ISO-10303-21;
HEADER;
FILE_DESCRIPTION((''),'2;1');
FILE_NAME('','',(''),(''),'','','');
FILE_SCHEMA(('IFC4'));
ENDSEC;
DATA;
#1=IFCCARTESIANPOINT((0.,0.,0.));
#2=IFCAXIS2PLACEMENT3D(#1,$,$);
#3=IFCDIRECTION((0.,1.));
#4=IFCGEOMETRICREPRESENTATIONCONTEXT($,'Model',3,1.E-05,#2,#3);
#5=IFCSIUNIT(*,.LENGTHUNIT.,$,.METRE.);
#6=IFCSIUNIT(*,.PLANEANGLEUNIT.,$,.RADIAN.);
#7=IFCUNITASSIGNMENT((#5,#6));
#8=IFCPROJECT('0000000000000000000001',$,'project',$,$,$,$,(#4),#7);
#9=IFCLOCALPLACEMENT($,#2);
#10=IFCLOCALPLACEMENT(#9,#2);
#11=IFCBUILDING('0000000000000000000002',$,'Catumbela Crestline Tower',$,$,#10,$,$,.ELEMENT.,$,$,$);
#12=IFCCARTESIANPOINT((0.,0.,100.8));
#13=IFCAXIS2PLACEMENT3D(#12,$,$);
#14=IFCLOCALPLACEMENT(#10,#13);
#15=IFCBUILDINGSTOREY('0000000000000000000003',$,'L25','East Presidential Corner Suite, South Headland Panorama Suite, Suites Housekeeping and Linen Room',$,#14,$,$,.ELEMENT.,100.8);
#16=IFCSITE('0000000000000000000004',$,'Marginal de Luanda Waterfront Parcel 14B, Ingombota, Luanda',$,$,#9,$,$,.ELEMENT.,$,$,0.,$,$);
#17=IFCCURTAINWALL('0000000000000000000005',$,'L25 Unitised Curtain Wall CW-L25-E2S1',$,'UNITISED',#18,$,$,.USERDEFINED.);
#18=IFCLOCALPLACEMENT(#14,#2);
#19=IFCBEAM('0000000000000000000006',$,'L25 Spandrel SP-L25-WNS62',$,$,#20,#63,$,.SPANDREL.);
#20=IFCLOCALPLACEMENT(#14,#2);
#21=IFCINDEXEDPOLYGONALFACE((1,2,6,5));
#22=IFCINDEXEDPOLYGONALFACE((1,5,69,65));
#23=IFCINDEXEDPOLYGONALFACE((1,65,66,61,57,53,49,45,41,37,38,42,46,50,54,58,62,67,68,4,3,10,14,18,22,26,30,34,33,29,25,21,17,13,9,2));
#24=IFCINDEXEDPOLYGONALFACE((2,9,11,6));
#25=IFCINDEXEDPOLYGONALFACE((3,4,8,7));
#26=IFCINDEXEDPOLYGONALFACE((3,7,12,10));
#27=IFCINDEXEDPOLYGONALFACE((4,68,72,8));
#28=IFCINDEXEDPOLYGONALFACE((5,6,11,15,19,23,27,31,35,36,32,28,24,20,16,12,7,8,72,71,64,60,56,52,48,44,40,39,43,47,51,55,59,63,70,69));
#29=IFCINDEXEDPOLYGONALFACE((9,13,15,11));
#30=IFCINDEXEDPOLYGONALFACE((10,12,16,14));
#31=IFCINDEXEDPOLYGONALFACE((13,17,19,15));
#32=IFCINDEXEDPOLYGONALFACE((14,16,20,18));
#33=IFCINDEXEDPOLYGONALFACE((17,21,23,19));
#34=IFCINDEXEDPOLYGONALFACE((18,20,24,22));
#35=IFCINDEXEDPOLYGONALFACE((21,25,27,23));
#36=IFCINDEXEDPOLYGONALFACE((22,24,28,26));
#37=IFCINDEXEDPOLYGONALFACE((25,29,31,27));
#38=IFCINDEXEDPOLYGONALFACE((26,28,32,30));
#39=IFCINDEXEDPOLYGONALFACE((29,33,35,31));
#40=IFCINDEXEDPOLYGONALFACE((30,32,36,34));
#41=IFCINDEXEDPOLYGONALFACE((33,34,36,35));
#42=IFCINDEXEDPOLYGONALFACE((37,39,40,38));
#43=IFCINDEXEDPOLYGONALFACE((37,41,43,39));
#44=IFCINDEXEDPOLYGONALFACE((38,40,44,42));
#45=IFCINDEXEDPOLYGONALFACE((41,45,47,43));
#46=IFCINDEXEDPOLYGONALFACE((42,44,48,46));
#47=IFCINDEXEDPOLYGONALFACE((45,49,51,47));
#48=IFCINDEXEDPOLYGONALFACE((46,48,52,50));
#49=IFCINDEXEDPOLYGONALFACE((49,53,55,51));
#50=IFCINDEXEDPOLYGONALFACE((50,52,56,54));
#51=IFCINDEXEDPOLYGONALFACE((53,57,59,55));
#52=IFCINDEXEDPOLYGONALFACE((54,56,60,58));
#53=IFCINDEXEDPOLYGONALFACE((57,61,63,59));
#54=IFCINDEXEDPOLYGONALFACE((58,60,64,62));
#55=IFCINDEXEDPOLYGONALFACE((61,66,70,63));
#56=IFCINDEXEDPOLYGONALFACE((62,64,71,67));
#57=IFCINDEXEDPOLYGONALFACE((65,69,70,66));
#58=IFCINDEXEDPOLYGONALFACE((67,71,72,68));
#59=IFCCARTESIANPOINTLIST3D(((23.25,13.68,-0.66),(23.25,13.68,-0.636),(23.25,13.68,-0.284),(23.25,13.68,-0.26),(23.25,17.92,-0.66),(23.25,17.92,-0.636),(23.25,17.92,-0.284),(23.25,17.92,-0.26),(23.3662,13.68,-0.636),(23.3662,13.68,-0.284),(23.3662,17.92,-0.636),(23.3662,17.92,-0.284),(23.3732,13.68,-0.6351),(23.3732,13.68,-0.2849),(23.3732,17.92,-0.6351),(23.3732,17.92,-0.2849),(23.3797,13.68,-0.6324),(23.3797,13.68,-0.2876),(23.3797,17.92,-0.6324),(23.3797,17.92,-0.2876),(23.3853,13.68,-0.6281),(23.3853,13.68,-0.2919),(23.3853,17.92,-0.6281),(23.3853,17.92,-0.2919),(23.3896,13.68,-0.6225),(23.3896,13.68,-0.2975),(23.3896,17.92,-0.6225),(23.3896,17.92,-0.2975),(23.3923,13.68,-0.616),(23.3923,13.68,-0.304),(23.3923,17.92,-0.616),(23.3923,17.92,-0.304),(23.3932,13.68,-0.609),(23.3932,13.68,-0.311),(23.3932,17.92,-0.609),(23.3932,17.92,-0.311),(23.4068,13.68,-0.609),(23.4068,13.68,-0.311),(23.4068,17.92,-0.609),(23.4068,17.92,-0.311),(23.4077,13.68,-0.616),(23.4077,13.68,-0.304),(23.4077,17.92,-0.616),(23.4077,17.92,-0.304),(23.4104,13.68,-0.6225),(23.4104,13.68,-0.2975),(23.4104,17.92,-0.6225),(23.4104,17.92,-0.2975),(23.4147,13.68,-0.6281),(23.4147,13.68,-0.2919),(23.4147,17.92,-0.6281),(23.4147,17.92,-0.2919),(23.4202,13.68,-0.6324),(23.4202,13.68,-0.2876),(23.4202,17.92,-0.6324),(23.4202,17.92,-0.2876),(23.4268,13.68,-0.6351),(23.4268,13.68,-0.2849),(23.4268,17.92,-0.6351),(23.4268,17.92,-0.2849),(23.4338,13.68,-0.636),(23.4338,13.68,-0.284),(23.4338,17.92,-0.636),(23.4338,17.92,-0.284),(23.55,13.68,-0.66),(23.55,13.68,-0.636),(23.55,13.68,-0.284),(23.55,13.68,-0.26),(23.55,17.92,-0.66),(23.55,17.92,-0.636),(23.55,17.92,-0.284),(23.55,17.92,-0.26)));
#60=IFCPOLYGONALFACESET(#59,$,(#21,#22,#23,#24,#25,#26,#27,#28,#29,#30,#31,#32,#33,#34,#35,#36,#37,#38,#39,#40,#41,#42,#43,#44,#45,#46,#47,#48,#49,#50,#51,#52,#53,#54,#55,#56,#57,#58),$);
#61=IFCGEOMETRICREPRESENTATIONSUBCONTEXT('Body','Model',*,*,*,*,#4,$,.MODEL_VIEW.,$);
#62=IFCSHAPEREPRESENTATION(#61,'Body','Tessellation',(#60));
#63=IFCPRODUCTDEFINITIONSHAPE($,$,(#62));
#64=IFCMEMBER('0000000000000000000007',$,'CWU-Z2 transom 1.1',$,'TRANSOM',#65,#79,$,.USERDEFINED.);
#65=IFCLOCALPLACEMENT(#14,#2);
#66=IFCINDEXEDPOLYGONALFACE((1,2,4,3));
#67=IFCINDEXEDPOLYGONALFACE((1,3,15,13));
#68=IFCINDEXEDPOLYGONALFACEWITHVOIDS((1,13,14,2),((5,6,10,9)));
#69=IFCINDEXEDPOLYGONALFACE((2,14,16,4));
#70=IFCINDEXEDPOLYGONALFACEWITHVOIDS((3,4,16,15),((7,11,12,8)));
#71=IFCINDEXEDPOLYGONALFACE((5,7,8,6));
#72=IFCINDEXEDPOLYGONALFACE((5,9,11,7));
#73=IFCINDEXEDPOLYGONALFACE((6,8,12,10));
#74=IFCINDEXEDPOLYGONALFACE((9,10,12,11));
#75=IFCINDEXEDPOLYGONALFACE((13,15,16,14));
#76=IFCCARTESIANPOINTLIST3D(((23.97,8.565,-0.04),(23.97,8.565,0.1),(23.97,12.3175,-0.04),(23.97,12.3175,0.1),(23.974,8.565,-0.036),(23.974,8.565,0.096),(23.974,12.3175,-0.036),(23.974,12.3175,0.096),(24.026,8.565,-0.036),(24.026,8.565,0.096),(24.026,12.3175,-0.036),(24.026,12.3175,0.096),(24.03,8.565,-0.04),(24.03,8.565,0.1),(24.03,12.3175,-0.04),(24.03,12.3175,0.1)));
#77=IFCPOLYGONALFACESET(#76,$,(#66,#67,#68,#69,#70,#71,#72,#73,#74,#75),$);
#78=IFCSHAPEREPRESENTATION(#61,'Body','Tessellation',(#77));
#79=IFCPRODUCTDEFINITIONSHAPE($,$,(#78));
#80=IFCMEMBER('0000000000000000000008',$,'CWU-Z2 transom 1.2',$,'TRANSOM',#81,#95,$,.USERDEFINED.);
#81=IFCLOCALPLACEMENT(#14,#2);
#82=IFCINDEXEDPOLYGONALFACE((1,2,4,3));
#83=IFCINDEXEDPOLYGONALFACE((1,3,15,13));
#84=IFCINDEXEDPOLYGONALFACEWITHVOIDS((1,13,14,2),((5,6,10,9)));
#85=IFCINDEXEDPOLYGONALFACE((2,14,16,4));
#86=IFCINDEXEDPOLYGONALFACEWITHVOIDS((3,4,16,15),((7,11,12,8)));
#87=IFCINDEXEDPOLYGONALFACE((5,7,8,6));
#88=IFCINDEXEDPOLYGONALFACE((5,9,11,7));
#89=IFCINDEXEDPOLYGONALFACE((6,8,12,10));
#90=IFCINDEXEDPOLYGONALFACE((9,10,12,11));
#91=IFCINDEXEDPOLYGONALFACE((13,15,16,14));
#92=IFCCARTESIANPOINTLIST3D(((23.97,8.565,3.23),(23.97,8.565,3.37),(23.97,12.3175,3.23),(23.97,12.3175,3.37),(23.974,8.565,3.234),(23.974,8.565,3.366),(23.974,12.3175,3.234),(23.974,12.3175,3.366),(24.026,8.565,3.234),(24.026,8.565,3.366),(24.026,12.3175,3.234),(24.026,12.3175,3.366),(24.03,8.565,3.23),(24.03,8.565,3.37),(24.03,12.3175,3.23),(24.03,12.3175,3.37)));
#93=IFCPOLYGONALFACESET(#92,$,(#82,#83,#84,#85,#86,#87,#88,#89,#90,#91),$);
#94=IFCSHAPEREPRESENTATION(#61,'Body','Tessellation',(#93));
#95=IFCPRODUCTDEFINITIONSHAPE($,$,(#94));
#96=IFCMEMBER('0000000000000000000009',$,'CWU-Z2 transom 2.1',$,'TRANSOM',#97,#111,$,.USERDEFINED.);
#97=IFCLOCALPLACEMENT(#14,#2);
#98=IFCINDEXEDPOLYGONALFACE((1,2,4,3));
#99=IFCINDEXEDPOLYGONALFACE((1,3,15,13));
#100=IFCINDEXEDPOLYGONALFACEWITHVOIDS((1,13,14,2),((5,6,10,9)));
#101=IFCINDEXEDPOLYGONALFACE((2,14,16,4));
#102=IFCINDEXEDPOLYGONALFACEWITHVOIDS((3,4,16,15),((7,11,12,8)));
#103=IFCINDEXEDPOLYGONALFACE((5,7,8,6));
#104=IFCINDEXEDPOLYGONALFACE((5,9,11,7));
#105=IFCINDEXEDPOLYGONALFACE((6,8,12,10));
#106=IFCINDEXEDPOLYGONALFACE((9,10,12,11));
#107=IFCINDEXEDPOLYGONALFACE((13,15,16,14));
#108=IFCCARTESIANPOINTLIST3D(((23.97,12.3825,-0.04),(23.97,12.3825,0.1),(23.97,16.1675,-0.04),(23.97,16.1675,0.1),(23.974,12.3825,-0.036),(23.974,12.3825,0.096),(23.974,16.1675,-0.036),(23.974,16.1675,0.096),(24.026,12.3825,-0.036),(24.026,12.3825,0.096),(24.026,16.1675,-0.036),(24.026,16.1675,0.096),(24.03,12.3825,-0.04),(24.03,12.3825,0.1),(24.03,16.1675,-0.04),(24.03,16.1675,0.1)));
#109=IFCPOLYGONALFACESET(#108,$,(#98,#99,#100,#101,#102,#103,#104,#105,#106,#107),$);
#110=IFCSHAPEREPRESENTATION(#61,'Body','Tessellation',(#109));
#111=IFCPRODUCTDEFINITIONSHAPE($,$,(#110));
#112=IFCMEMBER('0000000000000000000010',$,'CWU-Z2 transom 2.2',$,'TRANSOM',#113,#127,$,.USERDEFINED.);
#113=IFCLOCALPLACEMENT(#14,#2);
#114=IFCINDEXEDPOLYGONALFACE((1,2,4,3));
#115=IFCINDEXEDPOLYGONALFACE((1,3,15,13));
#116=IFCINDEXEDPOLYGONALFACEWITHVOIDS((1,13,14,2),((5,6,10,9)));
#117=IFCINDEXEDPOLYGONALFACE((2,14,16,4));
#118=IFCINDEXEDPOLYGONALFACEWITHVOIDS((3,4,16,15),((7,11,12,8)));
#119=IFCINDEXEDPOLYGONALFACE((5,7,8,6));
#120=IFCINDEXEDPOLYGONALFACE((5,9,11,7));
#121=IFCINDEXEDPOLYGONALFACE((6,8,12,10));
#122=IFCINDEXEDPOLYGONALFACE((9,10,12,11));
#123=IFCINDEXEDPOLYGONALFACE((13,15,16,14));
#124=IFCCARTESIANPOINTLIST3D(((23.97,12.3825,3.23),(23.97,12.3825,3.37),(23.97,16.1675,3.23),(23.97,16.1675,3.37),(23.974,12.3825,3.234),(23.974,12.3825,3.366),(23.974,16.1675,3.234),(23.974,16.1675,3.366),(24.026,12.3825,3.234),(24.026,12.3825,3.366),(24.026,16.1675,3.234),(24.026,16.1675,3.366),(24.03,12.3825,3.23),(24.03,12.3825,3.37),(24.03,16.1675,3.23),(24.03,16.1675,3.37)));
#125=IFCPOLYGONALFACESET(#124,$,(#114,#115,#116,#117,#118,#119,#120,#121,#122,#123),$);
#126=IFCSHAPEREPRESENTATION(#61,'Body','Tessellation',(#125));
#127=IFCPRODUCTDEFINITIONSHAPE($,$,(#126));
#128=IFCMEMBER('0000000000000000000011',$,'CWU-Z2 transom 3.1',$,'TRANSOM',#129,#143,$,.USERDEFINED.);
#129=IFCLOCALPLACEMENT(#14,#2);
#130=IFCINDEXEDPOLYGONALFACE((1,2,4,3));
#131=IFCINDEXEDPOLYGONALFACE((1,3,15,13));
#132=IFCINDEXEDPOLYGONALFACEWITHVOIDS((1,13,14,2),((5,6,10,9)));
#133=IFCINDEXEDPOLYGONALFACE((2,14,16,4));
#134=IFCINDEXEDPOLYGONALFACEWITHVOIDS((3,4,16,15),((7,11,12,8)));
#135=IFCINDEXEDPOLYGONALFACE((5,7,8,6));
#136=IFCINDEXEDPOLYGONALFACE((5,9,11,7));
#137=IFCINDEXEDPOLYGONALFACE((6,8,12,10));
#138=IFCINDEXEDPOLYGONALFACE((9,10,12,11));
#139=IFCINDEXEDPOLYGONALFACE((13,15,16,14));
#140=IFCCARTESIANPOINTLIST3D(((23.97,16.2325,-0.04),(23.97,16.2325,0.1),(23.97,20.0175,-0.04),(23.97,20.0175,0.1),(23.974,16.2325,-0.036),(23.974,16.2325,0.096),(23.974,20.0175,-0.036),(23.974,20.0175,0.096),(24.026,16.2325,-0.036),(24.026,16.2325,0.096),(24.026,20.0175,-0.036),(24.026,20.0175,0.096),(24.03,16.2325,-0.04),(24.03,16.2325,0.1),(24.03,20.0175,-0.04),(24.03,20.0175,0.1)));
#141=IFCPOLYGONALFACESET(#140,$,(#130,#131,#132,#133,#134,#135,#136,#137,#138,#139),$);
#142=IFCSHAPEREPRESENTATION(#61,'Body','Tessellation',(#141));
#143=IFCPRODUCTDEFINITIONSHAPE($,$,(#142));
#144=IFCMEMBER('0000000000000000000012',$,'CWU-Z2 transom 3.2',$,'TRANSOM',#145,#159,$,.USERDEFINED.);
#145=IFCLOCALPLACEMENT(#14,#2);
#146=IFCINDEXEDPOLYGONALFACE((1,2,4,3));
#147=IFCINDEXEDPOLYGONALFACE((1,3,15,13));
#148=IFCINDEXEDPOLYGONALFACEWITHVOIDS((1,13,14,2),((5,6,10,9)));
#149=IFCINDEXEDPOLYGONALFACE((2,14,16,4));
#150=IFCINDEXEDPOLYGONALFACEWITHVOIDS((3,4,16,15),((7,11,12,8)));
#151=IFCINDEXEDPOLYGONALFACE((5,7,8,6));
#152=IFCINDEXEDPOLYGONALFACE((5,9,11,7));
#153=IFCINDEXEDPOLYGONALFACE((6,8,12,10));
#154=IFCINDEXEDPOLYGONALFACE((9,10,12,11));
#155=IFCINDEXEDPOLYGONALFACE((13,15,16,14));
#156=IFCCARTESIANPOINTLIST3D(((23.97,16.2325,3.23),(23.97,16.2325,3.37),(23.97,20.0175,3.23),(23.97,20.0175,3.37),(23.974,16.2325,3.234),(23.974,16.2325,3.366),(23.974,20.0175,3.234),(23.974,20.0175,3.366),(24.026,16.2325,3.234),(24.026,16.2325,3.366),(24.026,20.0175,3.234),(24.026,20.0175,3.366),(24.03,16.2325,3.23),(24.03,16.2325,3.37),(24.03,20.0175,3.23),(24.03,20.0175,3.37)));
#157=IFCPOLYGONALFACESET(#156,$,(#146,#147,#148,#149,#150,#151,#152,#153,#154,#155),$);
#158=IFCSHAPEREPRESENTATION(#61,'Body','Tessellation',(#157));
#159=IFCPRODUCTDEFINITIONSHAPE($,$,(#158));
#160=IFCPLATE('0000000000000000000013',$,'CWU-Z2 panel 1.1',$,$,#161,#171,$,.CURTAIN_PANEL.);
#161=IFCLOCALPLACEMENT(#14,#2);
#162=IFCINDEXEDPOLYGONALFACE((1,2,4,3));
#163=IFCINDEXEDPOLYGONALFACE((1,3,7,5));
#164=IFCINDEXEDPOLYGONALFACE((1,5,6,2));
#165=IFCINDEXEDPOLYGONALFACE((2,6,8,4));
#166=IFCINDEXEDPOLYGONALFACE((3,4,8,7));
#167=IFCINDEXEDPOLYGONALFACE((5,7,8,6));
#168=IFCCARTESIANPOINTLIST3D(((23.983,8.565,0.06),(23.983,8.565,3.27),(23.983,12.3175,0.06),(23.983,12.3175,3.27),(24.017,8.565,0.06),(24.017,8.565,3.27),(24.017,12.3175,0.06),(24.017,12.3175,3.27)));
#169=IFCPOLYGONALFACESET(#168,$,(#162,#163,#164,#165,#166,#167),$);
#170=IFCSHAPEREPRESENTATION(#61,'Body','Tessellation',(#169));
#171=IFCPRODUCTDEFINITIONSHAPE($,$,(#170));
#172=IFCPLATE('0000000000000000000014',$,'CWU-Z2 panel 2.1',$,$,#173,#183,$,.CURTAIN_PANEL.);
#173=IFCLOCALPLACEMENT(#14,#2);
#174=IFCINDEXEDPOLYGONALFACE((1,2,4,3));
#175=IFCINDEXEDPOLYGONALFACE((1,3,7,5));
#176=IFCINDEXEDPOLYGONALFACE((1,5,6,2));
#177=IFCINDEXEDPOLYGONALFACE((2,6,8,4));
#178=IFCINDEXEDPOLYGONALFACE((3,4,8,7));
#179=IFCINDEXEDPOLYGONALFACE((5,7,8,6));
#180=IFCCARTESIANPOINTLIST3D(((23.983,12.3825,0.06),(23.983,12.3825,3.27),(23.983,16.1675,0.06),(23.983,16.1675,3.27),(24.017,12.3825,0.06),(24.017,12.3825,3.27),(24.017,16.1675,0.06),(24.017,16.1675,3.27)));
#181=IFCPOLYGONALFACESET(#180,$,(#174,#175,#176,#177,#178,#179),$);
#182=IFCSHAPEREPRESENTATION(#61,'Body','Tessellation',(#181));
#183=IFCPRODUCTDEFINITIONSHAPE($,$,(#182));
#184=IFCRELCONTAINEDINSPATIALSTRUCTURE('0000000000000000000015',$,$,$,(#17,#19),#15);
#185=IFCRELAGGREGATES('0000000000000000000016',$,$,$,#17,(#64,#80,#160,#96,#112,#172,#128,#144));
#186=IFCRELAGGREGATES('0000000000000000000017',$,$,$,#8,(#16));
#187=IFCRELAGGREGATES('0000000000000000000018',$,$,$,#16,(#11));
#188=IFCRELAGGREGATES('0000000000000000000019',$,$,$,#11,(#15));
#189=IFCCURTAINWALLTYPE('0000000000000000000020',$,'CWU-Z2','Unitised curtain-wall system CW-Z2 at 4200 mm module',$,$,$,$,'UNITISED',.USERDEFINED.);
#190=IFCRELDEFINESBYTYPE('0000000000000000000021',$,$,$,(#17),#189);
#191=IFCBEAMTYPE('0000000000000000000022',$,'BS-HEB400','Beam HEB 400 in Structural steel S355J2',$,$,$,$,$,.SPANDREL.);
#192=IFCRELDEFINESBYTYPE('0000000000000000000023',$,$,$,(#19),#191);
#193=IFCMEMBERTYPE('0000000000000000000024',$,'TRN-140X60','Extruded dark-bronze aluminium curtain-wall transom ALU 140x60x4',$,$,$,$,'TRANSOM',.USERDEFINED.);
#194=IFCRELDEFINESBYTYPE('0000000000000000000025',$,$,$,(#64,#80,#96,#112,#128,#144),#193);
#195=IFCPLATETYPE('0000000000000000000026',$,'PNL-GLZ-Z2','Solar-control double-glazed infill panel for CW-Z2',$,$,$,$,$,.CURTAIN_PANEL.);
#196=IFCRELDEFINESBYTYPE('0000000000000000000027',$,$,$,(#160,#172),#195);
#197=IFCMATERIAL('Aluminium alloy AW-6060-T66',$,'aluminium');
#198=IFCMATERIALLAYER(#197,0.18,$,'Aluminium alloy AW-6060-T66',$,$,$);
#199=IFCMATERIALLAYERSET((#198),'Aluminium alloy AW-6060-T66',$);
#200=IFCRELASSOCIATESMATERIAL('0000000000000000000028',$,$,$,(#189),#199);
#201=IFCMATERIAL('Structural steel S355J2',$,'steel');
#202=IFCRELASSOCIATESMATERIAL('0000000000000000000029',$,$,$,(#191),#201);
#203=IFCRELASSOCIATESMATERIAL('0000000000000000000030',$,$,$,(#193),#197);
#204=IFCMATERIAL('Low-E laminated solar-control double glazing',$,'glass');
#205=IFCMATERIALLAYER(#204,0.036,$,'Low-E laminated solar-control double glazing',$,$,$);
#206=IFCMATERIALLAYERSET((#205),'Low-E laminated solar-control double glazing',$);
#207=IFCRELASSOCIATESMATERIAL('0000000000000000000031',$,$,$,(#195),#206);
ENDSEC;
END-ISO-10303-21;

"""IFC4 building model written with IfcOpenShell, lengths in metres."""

from ifc_helpers import new_model, si_unit, direction, frame, origin, origin_2d, place, context, subcontext, project, spatial, rectangle, hollow_rectangle, i_section, extrude, material, layer, layer_set, material_profile, profile_set, type_object, element, aggregate, save


model = new_model("IFC4")

# Units and contexts
model_context = context("Model", 3, precision=1e-05, world=origin(), true_north=direction((0.0, 1.0)))
body_context = subcontext(model_context, "Body", "Model", "MODEL_VIEW")
ifc_project = project(units=[si_unit("LENGTHUNIT", "METRE"), si_unit("PLANEANGLEUNIT", "RADIAN")], contexts=[model_context])

# Site, building, storey
site_placement = place(None, origin())
site = spatial("IfcSite", under=ifc_project, at=site_placement, Name="Marginal de Luanda Waterfront Parcel 14B, Ingombota, Luanda", CompositionType="ELEMENT", RefElevation=0.0)
building_placement = place(site_placement, origin())
building = spatial("IfcBuilding", under=site, at=building_placement, Name="Catumbela Crestline Tower", CompositionType="ELEMENT")
storey_placement = place(building_placement, frame((0.0, 0.0, 100.8)))
storey = spatial("IfcBuildingStorey", under=building, at=storey_placement, Name="L25", Description="East Presidential Corner Suite, South Headland Panorama Suite, Suites Housekeeping and Linen Room", CompositionType="ELEMENT", Elevation=100.8)

# Shared definitions
ifc_material_1 = material(Name="Structural steel S355J2", Category="steel")

# Shared definitions
ifc_material_2 = material(Name="Aluminium alloy AW-6060-T66", Category="aluminium")
ifc_layer_1 = layer(ifc_material_2, 0.18, Name="Aluminium alloy AW-6060-T66")
ifc_layer_set_1 = layer_set([ifc_layer_1], Name="Aluminium alloy AW-6060-T66")
curtain_wall_type = type_object("IfcCurtainWallType", Name="CWU-Z2", Description="Unitised curtain-wall system CW-Z2 at 4200 mm module", ElementType="UNITISED", PredefinedType="USERDEFINED", material=ifc_layer_set_1)

# Curtain wall
curtain_wall_1_placement = place(storey_placement, origin())
curtain_wall_1 = element("IfcCurtainWall", 1, at=curtain_wall_1_placement, inside=storey, type_object=curtain_wall_type, Name="L25 Unitised Curtain Wall CW-L25-E2S1", ObjectType="UNITISED", PredefinedType="USERDEFINED")

# Beam
ifc_material_profile_1 = material_profile(ifc_material_1, i_section(OverallWidth=0.3, OverallDepth=0.4, WebThickness=0.0135, FlangeThickness=0.024, FilletRadius=0.027, at=origin_2d()), Name="HEB 400")
ifc_profile_set_1 = profile_set([ifc_material_profile_1], Name="Structural steel S355J2")
beam_type_1 = type_object("IfcBeamType", Name="BS-HEB400", Description="Beam HEB 400 in Structural steel S355J2", PredefinedType="SPANDREL", material=ifc_profile_set_1)
beam_1_placement = place(storey_placement, frame((23.4, 13.68, -0.46), z_axis=(0.0, 1.0, 0.0), x_axis=(-1.0, 0.0, 0.0)))
element("IfcBeam", 2, at=beam_1_placement, inside=storey, type_object=beam_type_1, Name="L25 Spandrel SP-L25-WNS62", PredefinedType="SPANDREL", context=body_context, shape_type="SweptSolid", body=[
    extrude(i_section(OverallWidth=0.3, OverallDepth=0.4, WebThickness=0.0135, FlangeThickness=0.024, FilletRadius=0.027, at=origin_2d()), origin(), (0.0, 0.0, 1.0), 4.24),
])

# Members
ifc_material_profile_2 = material_profile(ifc_material_2, hollow_rectangle(XDim=0.06, YDim=0.14, WallThickness=0.004, at=origin_2d()), Name="ALU 140x60x4")
ifc_profile_set_2 = profile_set([ifc_material_profile_2], Name="Aluminium alloy AW-6060-T66")
member_type_1 = type_object("IfcMemberType", Name="TRN-140X60", Description="Extruded dark-bronze aluminium curtain-wall transom ALU 140x60x4", ElementType="TRANSOM", PredefinedType="USERDEFINED", material=ifc_profile_set_2)
member_1_placement = place(storey_placement, frame((24.0, 8.565, 0.03), z_axis=(0.0, 1.0, 0.0), x_axis=(-1.0, 0.0, 0.0)))
member_1 = element("IfcMember", 3, at=member_1_placement, type_object=member_type_1, Name="CWU-Z2 transom 1.1", ObjectType="TRANSOM", PredefinedType="USERDEFINED", context=body_context, shape_type="SweptSolid", body=[
    extrude(hollow_rectangle(XDim=0.06, YDim=0.14, WallThickness=0.004, at=origin_2d()), origin(), (0.0, 0.0, 1.0), 3.7525),
])
member_2_placement = place(storey_placement, frame((24.0, 8.565, 3.3), z_axis=(0.0, 1.0, 0.0), x_axis=(-1.0, 0.0, 0.0)))
member_2 = element("IfcMember", 4, at=member_2_placement, type_object=member_type_1, Name="CWU-Z2 transom 1.2", ObjectType="TRANSOM", PredefinedType="USERDEFINED", context=body_context, shape_type="SweptSolid", body=[
    extrude(hollow_rectangle(XDim=0.06, YDim=0.14, WallThickness=0.004, at=origin_2d()), origin(), (0.0, 0.0, 1.0), 3.7525),
])
member_3_placement = place(storey_placement, frame((24.0, 12.3825, 0.03), z_axis=(0.0, 1.0, 0.0), x_axis=(-1.0, 0.0, 0.0)))
member_3 = element("IfcMember", 5, at=member_3_placement, type_object=member_type_1, Name="CWU-Z2 transom 2.1", ObjectType="TRANSOM", PredefinedType="USERDEFINED", context=body_context, shape_type="SweptSolid", body=[
    extrude(hollow_rectangle(XDim=0.06, YDim=0.14, WallThickness=0.004, at=origin_2d()), origin(), (0.0, 0.0, 1.0), 3.785),
])
member_4_placement = place(storey_placement, frame((24.0, 12.3825, 3.3), z_axis=(0.0, 1.0, 0.0), x_axis=(-1.0, 0.0, 0.0)))
member_4 = element("IfcMember", 6, at=member_4_placement, type_object=member_type_1, Name="CWU-Z2 transom 2.2", ObjectType="TRANSOM", PredefinedType="USERDEFINED", context=body_context, shape_type="SweptSolid", body=[
    extrude(hollow_rectangle(XDim=0.06, YDim=0.14, WallThickness=0.004, at=origin_2d()), origin(), (0.0, 0.0, 1.0), 3.785),
])
member_5_placement = place(storey_placement, frame((24.0, 16.2325, 0.03), z_axis=(0.0, 1.0, 0.0), x_axis=(-1.0, 0.0, 0.0)))
member_5 = element("IfcMember", 7, at=member_5_placement, type_object=member_type_1, Name="CWU-Z2 transom 3.1", ObjectType="TRANSOM", PredefinedType="USERDEFINED", context=body_context, shape_type="SweptSolid", body=[
    extrude(hollow_rectangle(XDim=0.06, YDim=0.14, WallThickness=0.004, at=origin_2d()), origin(), (0.0, 0.0, 1.0), 3.785),
])
member_6_placement = place(storey_placement, frame((24.0, 16.2325, 3.3), z_axis=(0.0, 1.0, 0.0), x_axis=(-1.0, 0.0, 0.0)))
member_6 = element("IfcMember", 8, at=member_6_placement, type_object=member_type_1, Name="CWU-Z2 transom 3.2", ObjectType="TRANSOM", PredefinedType="USERDEFINED", context=body_context, shape_type="SweptSolid", body=[
    extrude(hollow_rectangle(XDim=0.06, YDim=0.14, WallThickness=0.004, at=origin_2d()), origin(), (0.0, 0.0, 1.0), 3.785),
])

# Plates
ifc_material_3 = material(Name="Low-E laminated solar-control double glazing", Category="glass")
ifc_layer_2 = layer(ifc_material_3, 0.036, Name="Low-E laminated solar-control double glazing")
ifc_layer_set_2 = layer_set([ifc_layer_2], Name="Low-E laminated solar-control double glazing")
plate_type = type_object("IfcPlateType", Name="PNL-GLZ-Z2", Description="Solar-control double-glazed infill panel for CW-Z2", PredefinedType="CURTAIN_PANEL", material=ifc_layer_set_2)
plate_1_placement = place(storey_placement, frame((24.0, 10.4412, 0.06), z_axis=(0.0, 0.0, 1.0), x_axis=(0.0, 1.0, 0.0)))
plate_1 = element("IfcPlate", 9, at=plate_1_placement, type_object=plate_type, Name="CWU-Z2 panel 1.1", PredefinedType="CURTAIN_PANEL", context=body_context, shape_type="SweptSolid", body=[
    extrude(rectangle(XDim=3.7525, YDim=0.034, at=origin_2d()), origin(), (0.0, 0.0, 1.0), 3.21),
])
plate_2_placement = place(storey_placement, frame((24.0, 14.275, 0.06), z_axis=(0.0, 0.0, 1.0), x_axis=(0.0, 1.0, 0.0)))
plate_2 = element("IfcPlate", 10, at=plate_2_placement, type_object=plate_type, Name="CWU-Z2 panel 2.1", PredefinedType="CURTAIN_PANEL", context=body_context, shape_type="SweptSolid", body=[
    extrude(rectangle(XDim=3.785, YDim=0.034, at=origin_2d()), origin(), (0.0, 0.0, 1.0), 3.21),
])
aggregate(curtain_wall_1, [member_1, member_2, plate_1, member_3, member_4, plate_2, member_5, member_6])

save(model, "model.ifc")
